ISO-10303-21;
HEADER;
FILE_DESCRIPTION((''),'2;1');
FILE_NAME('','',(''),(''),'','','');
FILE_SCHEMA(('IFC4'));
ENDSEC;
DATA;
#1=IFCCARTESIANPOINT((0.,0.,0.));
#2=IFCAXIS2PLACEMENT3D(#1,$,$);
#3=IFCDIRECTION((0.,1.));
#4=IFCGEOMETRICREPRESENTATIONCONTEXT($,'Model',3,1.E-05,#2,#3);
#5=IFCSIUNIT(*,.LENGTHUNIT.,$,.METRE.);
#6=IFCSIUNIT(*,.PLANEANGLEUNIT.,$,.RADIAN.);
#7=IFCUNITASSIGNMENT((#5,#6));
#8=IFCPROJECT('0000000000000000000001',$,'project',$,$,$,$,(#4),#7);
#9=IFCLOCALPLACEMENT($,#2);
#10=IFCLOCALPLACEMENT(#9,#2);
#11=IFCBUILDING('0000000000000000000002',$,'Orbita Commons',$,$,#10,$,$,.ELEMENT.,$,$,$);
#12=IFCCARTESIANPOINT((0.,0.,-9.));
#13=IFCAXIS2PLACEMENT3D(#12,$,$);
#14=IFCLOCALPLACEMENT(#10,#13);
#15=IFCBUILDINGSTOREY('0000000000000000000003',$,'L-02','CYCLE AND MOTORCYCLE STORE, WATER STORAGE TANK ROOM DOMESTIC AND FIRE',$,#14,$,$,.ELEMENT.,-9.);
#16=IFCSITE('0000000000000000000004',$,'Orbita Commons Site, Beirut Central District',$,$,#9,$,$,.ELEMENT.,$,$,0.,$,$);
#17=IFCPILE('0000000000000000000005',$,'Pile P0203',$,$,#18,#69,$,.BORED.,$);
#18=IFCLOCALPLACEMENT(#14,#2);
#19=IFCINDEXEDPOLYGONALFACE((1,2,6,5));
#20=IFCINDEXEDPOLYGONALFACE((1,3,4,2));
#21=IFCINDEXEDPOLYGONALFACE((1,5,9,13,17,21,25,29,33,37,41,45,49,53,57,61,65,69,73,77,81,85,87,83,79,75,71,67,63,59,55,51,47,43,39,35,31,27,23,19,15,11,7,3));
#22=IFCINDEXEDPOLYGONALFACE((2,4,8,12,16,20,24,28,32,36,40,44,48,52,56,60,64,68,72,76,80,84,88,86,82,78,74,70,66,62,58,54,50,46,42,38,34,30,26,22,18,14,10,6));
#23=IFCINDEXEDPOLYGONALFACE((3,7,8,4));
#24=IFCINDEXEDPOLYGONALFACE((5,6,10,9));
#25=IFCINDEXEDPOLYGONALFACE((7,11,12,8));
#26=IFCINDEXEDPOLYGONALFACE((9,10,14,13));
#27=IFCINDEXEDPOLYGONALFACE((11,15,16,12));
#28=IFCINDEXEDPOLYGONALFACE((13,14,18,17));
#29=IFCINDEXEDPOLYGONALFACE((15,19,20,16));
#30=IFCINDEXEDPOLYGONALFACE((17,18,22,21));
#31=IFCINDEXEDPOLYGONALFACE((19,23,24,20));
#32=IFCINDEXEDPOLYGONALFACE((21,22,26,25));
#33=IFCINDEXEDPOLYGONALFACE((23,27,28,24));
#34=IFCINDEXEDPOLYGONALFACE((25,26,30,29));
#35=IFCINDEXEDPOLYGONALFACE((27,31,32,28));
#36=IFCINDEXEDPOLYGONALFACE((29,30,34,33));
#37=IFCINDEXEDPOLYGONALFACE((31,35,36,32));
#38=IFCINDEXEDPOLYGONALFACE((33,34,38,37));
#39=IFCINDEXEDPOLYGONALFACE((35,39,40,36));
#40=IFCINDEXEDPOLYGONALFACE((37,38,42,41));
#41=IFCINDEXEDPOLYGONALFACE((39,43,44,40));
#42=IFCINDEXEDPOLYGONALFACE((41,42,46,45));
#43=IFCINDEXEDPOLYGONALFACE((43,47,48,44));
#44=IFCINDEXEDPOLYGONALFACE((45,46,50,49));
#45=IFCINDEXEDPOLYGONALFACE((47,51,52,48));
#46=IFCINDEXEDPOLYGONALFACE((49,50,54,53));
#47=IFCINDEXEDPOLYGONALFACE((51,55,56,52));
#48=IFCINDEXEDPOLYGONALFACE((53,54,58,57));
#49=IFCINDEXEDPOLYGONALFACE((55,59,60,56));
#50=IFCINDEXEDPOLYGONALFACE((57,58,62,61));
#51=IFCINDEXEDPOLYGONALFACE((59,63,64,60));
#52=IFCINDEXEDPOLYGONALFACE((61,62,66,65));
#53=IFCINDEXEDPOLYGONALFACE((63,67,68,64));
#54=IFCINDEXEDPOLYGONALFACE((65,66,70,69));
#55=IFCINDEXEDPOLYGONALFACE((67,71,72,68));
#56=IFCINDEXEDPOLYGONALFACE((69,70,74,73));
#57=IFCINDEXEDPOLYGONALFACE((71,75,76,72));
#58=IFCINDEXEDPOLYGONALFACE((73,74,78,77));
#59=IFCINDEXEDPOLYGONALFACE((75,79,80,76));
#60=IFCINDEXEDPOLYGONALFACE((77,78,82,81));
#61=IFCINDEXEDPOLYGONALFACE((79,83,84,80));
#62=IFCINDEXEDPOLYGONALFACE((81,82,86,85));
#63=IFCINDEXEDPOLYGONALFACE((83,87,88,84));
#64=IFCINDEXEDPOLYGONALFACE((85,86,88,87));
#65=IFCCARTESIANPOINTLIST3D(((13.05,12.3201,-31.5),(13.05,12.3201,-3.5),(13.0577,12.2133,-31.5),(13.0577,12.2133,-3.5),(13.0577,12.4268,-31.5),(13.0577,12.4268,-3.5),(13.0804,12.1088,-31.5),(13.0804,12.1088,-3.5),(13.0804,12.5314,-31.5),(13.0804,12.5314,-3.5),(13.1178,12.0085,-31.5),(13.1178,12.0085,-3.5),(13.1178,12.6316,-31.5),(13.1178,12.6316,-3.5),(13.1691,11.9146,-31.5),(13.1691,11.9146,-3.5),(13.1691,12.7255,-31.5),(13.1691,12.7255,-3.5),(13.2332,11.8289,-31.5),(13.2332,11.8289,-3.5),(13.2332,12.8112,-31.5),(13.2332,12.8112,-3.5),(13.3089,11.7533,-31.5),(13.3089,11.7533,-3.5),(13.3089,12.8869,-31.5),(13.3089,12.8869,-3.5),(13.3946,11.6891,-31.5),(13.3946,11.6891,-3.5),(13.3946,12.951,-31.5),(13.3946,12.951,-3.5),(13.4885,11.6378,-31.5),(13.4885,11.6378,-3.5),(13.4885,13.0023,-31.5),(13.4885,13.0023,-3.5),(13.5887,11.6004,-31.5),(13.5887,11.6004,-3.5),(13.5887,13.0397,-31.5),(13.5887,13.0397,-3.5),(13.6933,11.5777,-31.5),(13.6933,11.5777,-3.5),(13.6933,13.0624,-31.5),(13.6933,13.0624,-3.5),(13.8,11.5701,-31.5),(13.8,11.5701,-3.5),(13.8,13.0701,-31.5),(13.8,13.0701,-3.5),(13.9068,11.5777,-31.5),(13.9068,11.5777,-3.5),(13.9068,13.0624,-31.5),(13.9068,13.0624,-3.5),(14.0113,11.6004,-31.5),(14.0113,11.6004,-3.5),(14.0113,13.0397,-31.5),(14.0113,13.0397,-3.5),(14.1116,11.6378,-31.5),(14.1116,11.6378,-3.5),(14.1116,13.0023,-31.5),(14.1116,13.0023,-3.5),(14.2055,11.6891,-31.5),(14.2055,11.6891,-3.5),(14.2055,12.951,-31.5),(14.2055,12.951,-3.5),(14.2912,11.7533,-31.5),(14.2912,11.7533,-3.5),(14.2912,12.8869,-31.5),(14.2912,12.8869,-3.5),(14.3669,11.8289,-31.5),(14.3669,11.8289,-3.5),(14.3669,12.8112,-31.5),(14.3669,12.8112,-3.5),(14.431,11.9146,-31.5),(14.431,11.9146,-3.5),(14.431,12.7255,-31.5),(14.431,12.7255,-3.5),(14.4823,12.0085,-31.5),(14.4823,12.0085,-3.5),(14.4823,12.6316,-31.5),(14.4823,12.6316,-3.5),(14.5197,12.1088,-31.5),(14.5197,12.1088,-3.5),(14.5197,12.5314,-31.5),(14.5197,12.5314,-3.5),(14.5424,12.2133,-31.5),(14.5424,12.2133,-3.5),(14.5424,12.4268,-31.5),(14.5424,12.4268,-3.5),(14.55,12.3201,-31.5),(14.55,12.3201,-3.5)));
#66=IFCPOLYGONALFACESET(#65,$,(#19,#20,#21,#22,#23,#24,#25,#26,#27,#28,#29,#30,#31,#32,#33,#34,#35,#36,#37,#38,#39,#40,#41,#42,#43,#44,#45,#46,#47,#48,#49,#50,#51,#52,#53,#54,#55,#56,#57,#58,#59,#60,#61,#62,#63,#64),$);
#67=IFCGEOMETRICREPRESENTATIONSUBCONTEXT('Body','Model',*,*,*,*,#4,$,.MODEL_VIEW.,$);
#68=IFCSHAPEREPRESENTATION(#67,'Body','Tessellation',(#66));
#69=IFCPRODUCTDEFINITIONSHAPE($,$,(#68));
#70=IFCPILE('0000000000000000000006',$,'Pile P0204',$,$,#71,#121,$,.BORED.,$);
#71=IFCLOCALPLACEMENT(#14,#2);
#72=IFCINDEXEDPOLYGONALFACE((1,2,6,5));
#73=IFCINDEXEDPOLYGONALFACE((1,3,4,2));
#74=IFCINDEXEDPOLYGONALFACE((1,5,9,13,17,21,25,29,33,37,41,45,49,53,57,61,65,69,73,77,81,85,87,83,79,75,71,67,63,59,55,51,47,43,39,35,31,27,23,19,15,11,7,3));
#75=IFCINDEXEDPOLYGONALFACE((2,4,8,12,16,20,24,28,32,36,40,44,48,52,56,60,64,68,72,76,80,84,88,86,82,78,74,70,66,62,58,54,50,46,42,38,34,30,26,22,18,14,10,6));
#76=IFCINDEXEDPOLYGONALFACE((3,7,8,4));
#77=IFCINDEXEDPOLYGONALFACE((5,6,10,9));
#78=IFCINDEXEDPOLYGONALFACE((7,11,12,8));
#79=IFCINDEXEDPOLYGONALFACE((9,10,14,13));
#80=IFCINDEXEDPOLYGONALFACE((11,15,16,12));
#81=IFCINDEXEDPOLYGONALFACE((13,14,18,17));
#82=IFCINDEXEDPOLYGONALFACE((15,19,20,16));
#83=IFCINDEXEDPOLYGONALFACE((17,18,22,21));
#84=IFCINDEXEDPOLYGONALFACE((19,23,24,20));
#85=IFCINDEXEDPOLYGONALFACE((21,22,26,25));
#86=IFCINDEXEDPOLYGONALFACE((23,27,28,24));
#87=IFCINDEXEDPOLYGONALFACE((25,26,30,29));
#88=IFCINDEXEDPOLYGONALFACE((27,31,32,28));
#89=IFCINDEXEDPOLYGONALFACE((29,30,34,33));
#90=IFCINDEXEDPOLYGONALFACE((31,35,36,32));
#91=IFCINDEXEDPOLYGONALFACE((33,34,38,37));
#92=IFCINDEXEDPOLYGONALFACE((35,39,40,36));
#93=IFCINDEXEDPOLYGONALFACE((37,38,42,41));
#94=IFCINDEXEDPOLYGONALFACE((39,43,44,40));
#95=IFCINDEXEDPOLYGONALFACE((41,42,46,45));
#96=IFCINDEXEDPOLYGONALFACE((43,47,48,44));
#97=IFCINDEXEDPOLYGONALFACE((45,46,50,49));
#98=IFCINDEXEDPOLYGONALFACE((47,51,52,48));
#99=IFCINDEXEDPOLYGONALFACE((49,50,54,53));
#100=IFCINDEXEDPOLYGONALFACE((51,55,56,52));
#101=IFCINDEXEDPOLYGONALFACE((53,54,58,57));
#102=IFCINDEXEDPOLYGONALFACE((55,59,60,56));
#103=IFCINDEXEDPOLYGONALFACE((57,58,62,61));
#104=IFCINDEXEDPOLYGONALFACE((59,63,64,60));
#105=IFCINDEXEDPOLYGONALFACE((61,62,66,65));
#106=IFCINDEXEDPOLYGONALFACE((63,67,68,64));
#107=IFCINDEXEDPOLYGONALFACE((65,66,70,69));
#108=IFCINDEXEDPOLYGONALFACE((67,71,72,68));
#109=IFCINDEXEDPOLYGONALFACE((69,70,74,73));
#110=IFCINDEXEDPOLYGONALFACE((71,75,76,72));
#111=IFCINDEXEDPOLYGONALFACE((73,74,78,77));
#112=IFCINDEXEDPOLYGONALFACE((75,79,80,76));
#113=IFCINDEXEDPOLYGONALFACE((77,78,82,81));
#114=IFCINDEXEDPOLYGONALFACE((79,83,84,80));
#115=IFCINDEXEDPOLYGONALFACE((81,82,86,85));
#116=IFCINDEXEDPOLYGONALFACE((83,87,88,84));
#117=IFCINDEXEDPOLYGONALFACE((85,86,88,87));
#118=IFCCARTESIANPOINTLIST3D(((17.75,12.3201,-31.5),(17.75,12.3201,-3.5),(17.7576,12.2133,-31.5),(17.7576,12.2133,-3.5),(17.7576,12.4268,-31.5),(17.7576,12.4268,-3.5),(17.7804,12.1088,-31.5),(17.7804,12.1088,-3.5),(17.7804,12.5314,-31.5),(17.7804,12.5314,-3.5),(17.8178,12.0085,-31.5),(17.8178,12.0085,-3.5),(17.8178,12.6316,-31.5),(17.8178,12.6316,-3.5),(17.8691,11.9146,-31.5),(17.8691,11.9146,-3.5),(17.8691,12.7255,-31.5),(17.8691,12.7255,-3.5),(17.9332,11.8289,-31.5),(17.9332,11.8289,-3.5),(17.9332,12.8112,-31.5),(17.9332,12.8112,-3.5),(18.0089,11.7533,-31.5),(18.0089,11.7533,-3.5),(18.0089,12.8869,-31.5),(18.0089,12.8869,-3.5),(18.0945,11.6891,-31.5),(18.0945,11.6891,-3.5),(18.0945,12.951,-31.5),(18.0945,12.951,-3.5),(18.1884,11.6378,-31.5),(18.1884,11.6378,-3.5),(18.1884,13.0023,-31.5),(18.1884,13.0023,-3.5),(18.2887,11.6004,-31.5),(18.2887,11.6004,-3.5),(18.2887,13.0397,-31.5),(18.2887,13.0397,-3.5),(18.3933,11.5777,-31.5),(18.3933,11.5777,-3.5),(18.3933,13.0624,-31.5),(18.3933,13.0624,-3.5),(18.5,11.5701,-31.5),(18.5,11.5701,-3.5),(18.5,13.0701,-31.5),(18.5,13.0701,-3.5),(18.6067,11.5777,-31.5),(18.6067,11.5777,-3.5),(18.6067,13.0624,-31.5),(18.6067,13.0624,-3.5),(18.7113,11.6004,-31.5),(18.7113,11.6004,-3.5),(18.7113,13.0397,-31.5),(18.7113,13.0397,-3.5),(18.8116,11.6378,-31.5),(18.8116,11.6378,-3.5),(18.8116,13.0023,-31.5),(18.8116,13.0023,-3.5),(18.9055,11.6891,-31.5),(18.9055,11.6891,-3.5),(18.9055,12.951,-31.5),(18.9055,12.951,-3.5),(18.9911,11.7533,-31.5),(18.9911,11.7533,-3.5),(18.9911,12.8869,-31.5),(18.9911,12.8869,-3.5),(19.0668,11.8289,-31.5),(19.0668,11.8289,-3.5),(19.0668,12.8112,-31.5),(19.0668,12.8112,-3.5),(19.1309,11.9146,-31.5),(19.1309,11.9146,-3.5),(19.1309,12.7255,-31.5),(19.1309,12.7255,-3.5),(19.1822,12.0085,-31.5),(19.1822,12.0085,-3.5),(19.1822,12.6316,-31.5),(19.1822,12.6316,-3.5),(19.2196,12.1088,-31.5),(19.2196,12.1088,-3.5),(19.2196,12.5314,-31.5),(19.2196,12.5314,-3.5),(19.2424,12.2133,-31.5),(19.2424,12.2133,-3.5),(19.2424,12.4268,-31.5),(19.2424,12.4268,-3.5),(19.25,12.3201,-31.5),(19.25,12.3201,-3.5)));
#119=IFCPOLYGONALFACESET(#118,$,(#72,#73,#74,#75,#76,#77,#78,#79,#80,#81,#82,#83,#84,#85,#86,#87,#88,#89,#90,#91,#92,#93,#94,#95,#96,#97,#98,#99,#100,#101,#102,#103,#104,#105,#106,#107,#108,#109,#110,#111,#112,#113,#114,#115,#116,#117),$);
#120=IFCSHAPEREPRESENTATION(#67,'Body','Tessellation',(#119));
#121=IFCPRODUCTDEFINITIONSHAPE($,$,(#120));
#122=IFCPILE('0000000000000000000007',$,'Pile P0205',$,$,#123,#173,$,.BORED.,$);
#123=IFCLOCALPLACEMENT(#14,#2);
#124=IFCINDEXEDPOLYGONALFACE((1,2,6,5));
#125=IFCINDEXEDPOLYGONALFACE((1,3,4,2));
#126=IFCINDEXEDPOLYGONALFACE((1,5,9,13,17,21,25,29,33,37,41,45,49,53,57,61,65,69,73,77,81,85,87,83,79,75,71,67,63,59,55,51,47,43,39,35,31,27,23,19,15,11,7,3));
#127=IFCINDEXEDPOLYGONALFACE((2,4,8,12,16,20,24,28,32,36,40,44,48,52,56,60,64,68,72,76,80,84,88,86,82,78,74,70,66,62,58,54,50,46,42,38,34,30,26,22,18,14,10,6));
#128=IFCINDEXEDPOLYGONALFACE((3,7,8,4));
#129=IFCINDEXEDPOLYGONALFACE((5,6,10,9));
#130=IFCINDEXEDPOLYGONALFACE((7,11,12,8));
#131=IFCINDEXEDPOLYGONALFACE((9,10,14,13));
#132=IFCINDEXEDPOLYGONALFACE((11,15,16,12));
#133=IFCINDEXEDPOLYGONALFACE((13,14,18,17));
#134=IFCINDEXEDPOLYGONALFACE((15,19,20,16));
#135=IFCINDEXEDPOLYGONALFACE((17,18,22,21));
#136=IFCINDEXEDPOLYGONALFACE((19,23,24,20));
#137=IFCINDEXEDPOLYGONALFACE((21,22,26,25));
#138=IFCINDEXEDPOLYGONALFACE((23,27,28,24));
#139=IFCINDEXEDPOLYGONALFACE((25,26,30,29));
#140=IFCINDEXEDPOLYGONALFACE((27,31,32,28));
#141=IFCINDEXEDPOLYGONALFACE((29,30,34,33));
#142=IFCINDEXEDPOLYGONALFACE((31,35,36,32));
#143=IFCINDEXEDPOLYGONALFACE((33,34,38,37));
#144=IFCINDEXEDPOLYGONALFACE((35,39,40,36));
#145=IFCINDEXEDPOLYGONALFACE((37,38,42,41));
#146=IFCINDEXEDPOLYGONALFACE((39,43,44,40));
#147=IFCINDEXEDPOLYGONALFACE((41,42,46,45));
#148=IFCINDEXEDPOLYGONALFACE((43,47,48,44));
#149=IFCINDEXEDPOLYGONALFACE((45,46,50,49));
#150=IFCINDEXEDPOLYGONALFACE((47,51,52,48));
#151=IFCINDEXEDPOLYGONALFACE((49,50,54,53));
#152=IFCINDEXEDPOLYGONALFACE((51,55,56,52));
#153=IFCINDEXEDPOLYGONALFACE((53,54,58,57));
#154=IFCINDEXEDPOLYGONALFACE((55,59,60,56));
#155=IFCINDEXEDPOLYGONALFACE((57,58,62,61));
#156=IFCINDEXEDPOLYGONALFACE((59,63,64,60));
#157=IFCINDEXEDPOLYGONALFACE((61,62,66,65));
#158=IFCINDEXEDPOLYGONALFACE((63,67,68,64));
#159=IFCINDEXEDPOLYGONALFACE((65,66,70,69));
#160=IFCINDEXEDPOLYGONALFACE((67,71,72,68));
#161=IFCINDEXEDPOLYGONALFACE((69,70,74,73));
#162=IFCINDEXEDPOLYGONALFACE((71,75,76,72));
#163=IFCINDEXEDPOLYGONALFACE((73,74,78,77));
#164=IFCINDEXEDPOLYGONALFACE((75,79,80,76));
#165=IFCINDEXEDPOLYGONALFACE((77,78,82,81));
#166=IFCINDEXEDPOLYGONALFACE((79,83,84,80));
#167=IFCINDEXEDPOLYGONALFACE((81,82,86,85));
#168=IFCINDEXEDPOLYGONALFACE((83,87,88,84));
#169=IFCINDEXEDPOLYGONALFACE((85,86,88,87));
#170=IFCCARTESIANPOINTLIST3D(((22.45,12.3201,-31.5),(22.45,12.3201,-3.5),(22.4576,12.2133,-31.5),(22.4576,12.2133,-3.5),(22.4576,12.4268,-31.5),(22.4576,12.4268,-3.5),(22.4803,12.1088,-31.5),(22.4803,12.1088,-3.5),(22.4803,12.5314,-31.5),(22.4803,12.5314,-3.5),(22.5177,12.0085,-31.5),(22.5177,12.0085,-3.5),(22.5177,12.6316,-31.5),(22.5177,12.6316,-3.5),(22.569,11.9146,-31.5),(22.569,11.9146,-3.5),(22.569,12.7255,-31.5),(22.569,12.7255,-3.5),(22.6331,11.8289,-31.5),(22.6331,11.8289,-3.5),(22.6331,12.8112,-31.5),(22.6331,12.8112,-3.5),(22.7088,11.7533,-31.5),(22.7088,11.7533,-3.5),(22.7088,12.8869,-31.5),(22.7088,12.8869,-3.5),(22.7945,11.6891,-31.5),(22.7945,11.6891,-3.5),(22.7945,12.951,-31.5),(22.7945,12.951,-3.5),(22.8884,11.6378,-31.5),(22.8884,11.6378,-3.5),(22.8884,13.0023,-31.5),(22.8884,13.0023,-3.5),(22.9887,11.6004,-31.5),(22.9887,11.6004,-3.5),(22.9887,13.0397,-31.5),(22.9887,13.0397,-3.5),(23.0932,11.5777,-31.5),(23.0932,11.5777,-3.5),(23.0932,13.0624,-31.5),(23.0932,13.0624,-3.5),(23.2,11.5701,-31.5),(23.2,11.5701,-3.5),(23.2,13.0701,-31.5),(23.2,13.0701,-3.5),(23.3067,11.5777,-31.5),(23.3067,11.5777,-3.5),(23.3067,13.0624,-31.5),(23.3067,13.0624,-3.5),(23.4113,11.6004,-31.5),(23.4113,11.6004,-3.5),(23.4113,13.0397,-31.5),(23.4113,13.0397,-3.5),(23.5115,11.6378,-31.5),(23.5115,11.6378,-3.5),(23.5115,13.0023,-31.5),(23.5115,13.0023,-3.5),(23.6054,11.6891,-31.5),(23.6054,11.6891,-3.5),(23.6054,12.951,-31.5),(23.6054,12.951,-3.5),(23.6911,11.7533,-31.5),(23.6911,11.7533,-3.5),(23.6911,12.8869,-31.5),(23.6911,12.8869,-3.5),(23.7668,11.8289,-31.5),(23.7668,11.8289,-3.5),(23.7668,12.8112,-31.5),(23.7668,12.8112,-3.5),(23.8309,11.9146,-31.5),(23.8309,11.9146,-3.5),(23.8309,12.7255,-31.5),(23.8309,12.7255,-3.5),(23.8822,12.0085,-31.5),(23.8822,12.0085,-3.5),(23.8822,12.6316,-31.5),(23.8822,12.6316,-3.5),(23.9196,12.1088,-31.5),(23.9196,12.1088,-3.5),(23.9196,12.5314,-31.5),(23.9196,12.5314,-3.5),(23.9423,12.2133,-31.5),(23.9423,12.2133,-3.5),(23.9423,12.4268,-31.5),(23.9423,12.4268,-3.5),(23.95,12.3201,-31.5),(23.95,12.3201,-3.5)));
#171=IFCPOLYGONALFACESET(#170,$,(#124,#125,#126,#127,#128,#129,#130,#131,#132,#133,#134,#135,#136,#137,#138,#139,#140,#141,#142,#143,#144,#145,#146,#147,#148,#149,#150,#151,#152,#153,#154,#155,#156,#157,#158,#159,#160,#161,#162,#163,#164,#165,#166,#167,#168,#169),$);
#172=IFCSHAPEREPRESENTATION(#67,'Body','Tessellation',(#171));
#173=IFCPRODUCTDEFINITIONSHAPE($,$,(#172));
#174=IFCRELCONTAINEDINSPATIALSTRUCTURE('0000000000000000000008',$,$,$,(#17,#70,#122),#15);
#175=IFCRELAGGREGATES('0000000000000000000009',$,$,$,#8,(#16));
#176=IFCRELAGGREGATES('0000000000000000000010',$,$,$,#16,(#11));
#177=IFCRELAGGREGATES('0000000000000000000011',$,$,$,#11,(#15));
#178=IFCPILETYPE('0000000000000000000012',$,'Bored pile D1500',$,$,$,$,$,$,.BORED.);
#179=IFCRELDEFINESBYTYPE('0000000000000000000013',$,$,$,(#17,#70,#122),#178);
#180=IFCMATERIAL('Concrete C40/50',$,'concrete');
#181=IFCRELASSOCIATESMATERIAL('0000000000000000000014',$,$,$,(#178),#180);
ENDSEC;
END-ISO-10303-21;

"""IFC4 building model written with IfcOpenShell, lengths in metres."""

from ifc_helpers import new_model, si_unit, direction, frame, origin, origin_2d, place, context, subcontext, project, spatial, circle, extrude, material, material_profile, profile_set, type_object, element, save


model = new_model("IFC4")

# Units and contexts
model_context = context("Model", 3, precision=1e-05, world=origin(), true_north=direction((0.0, 1.0)))
body_context = subcontext(model_context, "Body", "Model", "MODEL_VIEW")
ifc_project = project(units=[si_unit("LENGTHUNIT", "METRE"), si_unit("PLANEANGLEUNIT", "RADIAN")], contexts=[model_context])

# Site, building, storey
site_placement = place(None, origin())
site = spatial("IfcSite", under=ifc_project, at=site_placement, Name="Orbita Commons Site, Beirut Central District", CompositionType="ELEMENT", RefElevation=0.0)
building_placement = place(site_placement, origin())
building = spatial("IfcBuilding", under=site, at=building_placement, Name="Orbita Commons", CompositionType="ELEMENT")
storey_placement = place(building_placement, frame((0.0, 0.0, -9.0)))
storey = spatial("IfcBuildingStorey", under=building, at=storey_placement, Name="L-02", Description="CYCLE AND MOTORCYCLE STORE, WATER STORAGE TANK ROOM DOMESTIC AND FIRE", CompositionType="ELEMENT", Elevation=-9.0)

# Piles
ifc_material_1 = material(Name="Concrete C40/50", Category="concrete")
ifc_material_profile_1 = material_profile(ifc_material_1, circle(Radius=0.75, at=origin_2d()), Name="RC D1500")
ifc_profile_set_1 = profile_set([ifc_material_profile_1], Name="Concrete C40/50")
pile_type = type_object("IfcPileType", Name="Bored pile D1500", PredefinedType="BORED", material=ifc_profile_set_1)
for number, where, z_axis, x_axis, name in (
    (1, (13.8, 12.3201, -3.5), (0.0, 0.0, -1.0), (1.0, 0.0, 0.0), "Pile P0203"),
    (2, (18.5, 12.3201, -3.5), (0.0, 0.0, -1.0), (1.0, 0.0, 0.0), "Pile P0204"),
    (3, (23.2, 12.3201, -3.5), (0.0, 0.0, -1.0), (1.0, 0.0, 0.0), "Pile P0205"),
):
    element("IfcPile", number, at=place(storey_placement, frame(where, z_axis=z_axis, x_axis=x_axis)), inside=storey, type_object=pile_type, Name=name, PredefinedType="BORED", context=body_context, shape_type="SweptSolid", body=[
        extrude(circle(Radius=0.75, at=origin_2d()), origin(), (0.0, 0.0, 1.0), 28.0),
    ])

save(model, "model.ifc")
